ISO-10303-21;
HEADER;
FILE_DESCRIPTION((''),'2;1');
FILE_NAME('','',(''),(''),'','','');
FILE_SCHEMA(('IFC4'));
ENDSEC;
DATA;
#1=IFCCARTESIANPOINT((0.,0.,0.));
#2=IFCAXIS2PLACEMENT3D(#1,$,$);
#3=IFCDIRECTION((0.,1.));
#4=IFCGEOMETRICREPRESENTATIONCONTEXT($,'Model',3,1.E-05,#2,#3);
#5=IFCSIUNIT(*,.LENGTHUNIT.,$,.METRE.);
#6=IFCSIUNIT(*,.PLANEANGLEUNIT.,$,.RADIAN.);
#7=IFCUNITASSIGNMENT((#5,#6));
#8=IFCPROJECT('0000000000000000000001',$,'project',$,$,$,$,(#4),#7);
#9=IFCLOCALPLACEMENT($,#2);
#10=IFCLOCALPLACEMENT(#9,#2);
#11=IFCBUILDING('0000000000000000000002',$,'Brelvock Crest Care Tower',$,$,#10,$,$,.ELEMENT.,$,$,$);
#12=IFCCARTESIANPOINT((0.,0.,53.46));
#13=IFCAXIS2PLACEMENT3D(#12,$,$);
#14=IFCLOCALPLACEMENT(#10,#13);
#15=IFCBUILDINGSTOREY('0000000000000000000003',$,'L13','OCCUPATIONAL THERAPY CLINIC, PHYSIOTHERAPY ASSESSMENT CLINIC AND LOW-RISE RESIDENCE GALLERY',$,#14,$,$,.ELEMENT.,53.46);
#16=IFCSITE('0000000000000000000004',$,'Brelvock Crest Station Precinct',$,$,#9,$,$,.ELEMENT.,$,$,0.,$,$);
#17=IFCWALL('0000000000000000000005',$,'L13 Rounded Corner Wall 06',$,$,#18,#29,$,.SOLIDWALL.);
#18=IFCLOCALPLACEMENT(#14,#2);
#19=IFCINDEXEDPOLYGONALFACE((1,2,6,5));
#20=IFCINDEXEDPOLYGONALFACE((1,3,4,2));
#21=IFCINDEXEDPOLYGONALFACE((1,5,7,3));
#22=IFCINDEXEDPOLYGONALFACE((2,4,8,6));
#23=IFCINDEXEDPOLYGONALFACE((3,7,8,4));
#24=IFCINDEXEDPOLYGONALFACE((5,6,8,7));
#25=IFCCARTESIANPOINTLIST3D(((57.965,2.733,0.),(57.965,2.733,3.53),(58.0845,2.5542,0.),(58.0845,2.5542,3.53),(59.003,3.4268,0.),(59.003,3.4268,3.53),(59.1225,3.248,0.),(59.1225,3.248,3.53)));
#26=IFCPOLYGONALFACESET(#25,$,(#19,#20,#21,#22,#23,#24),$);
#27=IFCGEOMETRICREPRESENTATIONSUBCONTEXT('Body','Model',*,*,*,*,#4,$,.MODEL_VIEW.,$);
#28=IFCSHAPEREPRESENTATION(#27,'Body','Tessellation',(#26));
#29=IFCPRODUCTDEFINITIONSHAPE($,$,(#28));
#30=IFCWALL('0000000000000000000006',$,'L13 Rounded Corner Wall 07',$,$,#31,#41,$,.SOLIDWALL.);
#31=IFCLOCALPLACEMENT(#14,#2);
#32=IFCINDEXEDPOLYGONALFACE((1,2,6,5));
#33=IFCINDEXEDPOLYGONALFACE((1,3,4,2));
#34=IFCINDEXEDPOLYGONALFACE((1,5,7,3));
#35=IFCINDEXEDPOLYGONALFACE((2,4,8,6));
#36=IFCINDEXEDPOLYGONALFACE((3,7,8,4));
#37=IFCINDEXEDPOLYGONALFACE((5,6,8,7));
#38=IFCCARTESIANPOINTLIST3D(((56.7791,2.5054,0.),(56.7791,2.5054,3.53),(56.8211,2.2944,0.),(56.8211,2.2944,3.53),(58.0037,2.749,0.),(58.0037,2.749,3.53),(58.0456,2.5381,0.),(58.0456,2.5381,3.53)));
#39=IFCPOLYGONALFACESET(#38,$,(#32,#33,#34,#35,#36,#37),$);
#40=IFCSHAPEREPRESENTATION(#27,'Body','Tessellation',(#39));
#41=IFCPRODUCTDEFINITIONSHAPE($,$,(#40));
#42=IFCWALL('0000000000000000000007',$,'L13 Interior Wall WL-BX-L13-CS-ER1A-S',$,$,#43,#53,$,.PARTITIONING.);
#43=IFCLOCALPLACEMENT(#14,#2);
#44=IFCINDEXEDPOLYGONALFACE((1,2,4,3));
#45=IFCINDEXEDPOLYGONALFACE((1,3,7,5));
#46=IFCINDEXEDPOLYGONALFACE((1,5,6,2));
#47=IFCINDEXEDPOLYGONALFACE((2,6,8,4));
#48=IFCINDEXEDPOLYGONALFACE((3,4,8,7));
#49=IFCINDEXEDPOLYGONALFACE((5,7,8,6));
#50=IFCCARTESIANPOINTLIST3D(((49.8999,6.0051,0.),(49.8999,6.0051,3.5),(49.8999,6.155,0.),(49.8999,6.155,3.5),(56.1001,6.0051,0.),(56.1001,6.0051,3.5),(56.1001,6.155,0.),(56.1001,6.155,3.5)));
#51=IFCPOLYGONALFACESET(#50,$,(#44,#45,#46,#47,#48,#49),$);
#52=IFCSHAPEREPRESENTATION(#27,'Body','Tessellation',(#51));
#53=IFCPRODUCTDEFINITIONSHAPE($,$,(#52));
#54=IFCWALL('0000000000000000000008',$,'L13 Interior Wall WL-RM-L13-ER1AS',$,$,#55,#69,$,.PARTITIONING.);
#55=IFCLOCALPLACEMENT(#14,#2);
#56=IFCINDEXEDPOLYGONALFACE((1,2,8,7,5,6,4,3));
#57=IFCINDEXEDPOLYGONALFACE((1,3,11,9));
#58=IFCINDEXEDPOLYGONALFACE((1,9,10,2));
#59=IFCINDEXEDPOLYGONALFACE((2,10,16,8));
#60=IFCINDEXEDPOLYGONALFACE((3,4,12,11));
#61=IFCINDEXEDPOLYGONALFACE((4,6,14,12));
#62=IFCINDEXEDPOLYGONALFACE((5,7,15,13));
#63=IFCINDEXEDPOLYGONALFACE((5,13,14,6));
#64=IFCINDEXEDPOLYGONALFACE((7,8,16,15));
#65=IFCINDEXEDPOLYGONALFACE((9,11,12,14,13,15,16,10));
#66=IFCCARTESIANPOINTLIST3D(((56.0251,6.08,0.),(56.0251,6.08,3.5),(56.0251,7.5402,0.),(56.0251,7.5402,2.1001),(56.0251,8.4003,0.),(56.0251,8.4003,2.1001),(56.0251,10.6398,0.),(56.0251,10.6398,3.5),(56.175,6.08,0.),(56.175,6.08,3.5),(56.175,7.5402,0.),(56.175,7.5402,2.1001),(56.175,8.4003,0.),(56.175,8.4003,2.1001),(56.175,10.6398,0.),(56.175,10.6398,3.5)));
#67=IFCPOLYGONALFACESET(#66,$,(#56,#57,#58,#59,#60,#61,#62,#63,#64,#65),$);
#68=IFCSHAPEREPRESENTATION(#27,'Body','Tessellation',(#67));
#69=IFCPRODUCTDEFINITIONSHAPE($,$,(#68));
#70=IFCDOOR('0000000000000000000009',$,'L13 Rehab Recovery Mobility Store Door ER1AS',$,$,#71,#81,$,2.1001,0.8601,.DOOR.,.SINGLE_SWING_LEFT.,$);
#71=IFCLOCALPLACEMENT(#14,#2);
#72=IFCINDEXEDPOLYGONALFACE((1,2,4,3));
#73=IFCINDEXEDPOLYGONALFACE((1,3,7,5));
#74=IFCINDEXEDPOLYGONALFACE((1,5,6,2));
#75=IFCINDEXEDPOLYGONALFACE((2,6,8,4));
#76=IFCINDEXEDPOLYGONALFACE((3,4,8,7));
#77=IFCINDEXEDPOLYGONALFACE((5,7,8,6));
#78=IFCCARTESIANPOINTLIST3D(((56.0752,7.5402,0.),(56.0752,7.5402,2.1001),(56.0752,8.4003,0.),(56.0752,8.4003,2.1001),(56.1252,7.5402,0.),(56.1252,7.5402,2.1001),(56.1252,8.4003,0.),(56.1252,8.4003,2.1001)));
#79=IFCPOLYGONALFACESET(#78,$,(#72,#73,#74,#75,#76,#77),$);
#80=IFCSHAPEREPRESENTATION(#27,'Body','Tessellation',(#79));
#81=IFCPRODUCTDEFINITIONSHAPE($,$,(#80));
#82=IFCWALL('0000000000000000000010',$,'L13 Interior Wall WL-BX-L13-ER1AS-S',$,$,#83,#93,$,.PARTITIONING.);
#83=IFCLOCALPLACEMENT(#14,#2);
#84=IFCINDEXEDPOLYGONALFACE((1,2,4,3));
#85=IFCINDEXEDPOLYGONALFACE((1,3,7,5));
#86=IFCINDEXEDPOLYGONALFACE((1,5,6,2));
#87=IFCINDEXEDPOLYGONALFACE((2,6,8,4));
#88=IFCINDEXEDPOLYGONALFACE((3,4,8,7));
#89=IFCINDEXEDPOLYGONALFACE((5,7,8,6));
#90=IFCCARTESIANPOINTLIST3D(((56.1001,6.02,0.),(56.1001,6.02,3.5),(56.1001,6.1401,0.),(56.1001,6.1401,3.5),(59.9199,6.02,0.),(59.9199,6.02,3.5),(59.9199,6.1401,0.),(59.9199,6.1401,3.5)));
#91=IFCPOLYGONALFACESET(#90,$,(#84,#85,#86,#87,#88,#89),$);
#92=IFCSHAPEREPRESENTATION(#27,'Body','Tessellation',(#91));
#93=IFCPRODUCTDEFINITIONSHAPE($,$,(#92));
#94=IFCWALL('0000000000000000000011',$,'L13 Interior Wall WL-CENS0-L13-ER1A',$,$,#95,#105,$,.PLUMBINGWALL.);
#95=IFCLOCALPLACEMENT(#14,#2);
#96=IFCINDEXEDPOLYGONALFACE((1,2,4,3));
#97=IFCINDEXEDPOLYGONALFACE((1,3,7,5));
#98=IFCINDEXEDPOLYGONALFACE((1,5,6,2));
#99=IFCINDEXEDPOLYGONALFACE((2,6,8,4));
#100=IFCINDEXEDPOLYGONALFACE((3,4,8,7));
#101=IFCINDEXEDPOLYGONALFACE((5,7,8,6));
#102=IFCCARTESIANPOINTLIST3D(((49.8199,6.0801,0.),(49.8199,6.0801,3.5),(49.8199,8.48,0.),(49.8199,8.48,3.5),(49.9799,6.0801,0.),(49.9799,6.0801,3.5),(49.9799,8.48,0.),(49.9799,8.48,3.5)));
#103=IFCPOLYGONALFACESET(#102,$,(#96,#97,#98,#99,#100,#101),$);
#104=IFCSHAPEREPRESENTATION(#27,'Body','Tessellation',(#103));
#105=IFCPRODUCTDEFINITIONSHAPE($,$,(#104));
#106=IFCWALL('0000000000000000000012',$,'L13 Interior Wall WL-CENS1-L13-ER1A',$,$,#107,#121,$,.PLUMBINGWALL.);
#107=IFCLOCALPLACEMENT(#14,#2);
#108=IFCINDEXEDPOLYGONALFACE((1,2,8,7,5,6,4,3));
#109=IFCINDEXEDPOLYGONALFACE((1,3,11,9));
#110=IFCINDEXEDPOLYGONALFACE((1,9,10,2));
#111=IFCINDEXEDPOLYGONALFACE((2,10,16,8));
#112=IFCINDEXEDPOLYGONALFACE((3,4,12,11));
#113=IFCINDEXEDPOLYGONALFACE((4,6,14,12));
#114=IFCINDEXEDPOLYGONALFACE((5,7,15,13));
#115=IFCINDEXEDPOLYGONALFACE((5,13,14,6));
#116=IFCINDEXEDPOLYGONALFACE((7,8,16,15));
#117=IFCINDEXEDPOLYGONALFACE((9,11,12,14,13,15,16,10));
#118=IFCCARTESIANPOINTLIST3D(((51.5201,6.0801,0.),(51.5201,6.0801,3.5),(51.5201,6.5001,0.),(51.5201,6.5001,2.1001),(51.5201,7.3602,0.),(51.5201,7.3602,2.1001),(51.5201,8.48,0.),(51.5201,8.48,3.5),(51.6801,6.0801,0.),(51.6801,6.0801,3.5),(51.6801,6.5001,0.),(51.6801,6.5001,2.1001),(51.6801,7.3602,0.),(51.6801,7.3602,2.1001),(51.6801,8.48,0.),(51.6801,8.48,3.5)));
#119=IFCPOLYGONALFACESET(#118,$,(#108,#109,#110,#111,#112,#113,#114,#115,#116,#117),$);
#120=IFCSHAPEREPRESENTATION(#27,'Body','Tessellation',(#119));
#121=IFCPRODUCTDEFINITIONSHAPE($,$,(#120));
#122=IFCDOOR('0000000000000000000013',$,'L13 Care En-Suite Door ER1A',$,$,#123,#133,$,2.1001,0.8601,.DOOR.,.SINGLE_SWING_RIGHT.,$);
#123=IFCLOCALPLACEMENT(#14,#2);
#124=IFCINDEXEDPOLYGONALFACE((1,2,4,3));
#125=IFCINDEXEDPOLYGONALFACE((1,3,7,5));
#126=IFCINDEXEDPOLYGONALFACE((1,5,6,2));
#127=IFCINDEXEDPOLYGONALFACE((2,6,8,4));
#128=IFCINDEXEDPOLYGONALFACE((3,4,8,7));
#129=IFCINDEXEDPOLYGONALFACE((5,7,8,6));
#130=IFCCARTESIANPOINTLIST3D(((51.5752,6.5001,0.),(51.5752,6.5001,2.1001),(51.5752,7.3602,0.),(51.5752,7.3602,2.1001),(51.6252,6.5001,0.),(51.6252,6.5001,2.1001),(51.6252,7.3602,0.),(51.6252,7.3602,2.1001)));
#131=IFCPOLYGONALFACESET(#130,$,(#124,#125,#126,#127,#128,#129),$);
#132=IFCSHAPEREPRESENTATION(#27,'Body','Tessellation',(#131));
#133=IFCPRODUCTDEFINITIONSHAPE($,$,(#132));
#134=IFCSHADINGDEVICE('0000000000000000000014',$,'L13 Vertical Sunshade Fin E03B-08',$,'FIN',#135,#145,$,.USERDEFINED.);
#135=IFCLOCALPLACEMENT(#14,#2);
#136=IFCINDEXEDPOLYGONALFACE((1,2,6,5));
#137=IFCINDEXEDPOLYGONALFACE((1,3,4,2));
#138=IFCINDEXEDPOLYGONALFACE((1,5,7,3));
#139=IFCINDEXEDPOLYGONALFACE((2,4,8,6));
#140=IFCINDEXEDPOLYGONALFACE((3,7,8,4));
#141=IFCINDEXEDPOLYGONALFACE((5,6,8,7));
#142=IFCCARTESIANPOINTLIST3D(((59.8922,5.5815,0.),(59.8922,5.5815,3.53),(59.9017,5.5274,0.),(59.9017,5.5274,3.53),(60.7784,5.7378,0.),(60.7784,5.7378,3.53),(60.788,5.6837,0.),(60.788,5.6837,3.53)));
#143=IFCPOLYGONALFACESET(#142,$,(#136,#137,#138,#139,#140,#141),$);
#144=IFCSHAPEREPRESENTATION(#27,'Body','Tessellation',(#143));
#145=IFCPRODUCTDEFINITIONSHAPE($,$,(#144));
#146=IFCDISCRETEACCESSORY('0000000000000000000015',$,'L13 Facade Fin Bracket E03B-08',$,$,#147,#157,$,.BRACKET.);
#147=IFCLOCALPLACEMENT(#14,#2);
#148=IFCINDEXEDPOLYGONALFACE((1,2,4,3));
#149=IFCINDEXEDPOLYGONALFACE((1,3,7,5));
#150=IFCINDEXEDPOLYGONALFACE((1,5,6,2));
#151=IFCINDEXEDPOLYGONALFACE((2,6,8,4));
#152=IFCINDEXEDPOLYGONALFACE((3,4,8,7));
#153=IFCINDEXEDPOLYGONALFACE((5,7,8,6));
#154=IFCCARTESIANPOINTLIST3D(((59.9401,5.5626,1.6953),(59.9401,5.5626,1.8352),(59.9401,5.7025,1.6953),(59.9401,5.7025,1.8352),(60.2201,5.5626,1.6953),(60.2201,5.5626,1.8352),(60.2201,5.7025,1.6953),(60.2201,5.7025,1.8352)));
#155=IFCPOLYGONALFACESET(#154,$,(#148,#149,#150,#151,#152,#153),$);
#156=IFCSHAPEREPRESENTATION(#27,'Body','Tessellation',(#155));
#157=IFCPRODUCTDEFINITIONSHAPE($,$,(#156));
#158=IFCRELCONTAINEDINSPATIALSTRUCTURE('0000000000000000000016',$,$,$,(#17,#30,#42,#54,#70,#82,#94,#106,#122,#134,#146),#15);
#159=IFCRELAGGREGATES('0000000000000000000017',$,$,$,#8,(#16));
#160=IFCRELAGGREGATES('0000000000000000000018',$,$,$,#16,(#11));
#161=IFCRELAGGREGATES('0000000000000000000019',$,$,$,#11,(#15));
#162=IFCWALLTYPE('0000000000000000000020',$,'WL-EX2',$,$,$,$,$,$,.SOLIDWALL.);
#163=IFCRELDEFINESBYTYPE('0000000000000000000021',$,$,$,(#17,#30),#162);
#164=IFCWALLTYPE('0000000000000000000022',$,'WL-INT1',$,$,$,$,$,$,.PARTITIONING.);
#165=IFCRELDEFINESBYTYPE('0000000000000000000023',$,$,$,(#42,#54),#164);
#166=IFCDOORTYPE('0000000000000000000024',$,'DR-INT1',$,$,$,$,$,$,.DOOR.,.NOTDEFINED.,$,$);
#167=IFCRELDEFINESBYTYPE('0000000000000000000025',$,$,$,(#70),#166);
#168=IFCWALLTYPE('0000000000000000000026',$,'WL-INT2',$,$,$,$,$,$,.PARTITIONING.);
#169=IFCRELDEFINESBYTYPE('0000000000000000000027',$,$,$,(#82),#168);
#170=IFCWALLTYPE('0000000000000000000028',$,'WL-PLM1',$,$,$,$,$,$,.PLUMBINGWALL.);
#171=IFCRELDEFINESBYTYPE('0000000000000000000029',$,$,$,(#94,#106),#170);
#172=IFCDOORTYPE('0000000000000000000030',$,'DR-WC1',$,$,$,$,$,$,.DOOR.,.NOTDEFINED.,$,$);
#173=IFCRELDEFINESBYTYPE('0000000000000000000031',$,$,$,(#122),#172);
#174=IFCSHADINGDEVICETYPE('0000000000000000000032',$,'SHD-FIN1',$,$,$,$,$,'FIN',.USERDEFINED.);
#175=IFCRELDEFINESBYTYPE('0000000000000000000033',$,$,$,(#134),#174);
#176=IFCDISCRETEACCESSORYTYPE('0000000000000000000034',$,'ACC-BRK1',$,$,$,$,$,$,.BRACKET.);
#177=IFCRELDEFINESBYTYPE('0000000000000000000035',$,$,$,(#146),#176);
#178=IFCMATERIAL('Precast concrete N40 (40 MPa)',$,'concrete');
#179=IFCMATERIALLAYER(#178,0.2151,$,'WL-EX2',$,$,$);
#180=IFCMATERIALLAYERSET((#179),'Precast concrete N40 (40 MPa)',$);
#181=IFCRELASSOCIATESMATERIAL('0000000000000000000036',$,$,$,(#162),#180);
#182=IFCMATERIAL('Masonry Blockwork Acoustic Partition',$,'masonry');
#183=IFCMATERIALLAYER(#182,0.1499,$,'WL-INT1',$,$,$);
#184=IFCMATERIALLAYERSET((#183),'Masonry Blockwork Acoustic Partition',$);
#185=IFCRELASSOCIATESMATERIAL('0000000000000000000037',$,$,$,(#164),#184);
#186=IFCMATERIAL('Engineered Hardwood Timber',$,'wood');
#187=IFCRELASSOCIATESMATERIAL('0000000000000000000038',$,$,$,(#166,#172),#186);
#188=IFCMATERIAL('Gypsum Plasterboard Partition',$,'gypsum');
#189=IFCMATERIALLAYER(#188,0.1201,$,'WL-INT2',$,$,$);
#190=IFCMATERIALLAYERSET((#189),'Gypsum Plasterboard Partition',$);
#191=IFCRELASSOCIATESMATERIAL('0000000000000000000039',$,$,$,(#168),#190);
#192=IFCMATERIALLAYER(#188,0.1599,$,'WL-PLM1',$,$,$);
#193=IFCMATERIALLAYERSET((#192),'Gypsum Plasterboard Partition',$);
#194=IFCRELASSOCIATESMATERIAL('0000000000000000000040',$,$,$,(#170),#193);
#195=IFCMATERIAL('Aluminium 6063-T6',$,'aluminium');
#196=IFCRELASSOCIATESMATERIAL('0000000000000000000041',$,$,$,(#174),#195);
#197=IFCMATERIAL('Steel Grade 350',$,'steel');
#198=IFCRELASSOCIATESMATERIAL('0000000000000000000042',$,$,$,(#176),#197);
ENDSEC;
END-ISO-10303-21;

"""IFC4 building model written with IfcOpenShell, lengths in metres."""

from ifc_helpers import new_model, si_unit, direction, frame, frame_2d, origin, origin_2d, place, context, subcontext, project, spatial, rectangle, extrude, source, transform, mapped, material, layer, layer_set, material_profile, profile_set, type_object, element, fill, save


model = new_model("IFC4")

# Units and contexts
model_context = context("Model", 3, precision=1e-05, world=origin(), true_north=direction((0.0, 1.0)))
body_context = subcontext(model_context, "Body", "Model", "MODEL_VIEW")
ifc_project = project(units=[si_unit("LENGTHUNIT", "METRE"), si_unit("PLANEANGLEUNIT", "RADIAN")], contexts=[model_context])

# Site, building, storey
site_placement = place(None, origin())
site = spatial("IfcSite", under=ifc_project, at=site_placement, Name="Brelvock Crest Station Precinct", CompositionType="ELEMENT", RefElevation=0.0)
building_placement = place(site_placement, origin())
building = spatial("IfcBuilding", under=site, at=building_placement, Name="Brelvock Crest Care Tower", CompositionType="ELEMENT")
storey_placement = place(building_placement, frame((0.0, 0.0, 53.46)))
storey = spatial("IfcBuildingStorey", under=building, at=storey_placement, Name="L13", Description="OCCUPATIONAL THERAPY CLINIC, PHYSIOTHERAPY ASSESSMENT CLINIC AND LOW-RISE RESIDENCE GALLERY", CompositionType="ELEMENT", Elevation=53.46)

# Shared definitions
ifc_material_1 = material(Name="Steel Grade 350", Category="steel")

# Shared definitions
ifc_material_2 = material(Name="Aluminium 6063-T6", Category="aluminium")

# Walls
ifc_material_3 = material(Name="Precast concrete N40 (40 MPa)", Category="concrete")
ifc_layer_1 = layer(ifc_material_3, 0.2151, Name="WL-EX2")
ifc_layer_set_1 = layer_set([ifc_layer_1], Name="Precast concrete N40 (40 MPa)")
wall_type_1 = type_object("IfcWallType", Name="WL-EX2", PredefinedType="SOLIDWALL", material=ifc_layer_set_1)
for number, where, z_axis, x_axis, name in (
    (1, (59.0627, 3.3374, 0.0), (0.0, 0.0, 1.0), (-0.831388, -0.555692, 0.0), "L13 Rounded Corner Wall 06"),
    (2, (58.0247, 2.6436, 0.0), (0.0, 0.0, 1.0), (-0.980776, -0.195138, 0.0), "L13 Rounded Corner Wall 07"),
):
    element("IfcWall", number, at=place(storey_placement, frame(where, z_axis=z_axis, x_axis=x_axis)), inside=storey, type_object=wall_type_1, Name=name, PredefinedType="SOLIDWALL", context=body_context, shape_type="SweptSolid", body=[
        extrude(rectangle(XDim=1.2485, YDim=0.2151, at=frame_2d((0.6243, 0.0))), origin(), (0.0, 0.0, 1.0), 3.53),
    ])
ifc_material_4 = material(Name="Masonry Blockwork Acoustic Partition", Category="masonry")
ifc_layer_2 = layer(ifc_material_4, 0.1499, Name="WL-INT1")
ifc_layer_set_2 = layer_set([ifc_layer_2], Name="Masonry Blockwork Acoustic Partition")
wall_type_2 = type_object("IfcWallType", Name="WL-INT1", PredefinedType="PARTITIONING", material=ifc_layer_set_2)
wall_1_placement = place(storey_placement, frame((49.8999, 6.0801, 0.0), z_axis=(0.0, 0.0, 1.0), x_axis=(1.0, 0.0, 0.0)))
element("IfcWall", 3, at=wall_1_placement, inside=storey, type_object=wall_type_2, Name="L13 Interior Wall WL-BX-L13-CS-ER1A-S", PredefinedType="PARTITIONING", context=body_context, shape_type="SweptSolid", body=[
    extrude(rectangle(XDim=6.2002, YDim=0.1499, at=frame_2d((3.1001, 0.0))), origin(), (0.0, 0.0, 1.0), 3.5),
])

# Wall, opening, door
wall_2_placement = place(storey_placement, frame((56.1001, 6.0801, 0.0), z_axis=(0.0, 0.0, 1.0), x_axis=(0.0, 1.0, 0.0)))
wall_2 = element("IfcWall", 4, at=wall_2_placement, inside=storey, type_object=wall_type_2, Name="L13 Interior Wall WL-RM-L13-ER1AS", PredefinedType="PARTITIONING", context=body_context, shape_type="SweptSolid", body=[
    extrude(rectangle(XDim=4.5598, YDim=0.1499, at=frame_2d((2.2798, 0.0))), origin(), (0.0, 0.0, 1.0), 3.5),
])
opening_1_placement = place(wall_2_placement, frame((1.46, 0.0, 0.0)))
opening_1 = element("IfcOpeningElement", 5, at=opening_1_placement, cuts=wall_2, PredefinedType="OPENING", context=body_context, shape_type="SweptSolid", body=[
    extrude(rectangle(XDim=0.8601, YDim=2.1001, at=origin_2d()), frame((0.4302, 0.085, 1.05), z_axis=(0.0, -1.0, 0.0), x_axis=(1.0, 0.0, 0.0)), (0.0, 0.0, 1.0), 0.1699),
])
ifc_material_5 = material(Name="Engineered Hardwood Timber", Category="wood")
door_type_1 = type_object("IfcDoorType", Name="DR-INT1", OperationType="NOTDEFINED", PredefinedType="DOOR", material=ifc_material_5)
shared_shape_1 = source(origin(), body_context, "Body", "SweptSolid", [
    extrude(rectangle(XDim=0.8601, YDim=2.1001, at=origin_2d()), frame((0.4302, 0.0249, 1.05), z_axis=(0.0, -1.0, 0.0), x_axis=(1.0, 0.0, 0.0)), (0.0, 0.0, 1.0), 0.05),
])
door_1_placement = place(opening_1_placement, origin())
door_1 = element("IfcDoor", 6, at=door_1_placement, inside=storey, type_object=door_type_1, Name="L13 Rehab Recovery Mobility Store Door ER1AS", OperationType="SINGLE_SWING_LEFT", OverallHeight=2.1001, OverallWidth=0.8601, PredefinedType="DOOR", context=body_context, shape_type="MappedRepresentation", body=[
    mapped(shared_shape_1, transform((0.0, 0.0, 0.0), x_axis=(1.0, 0.0, 0.0), y_axis=(0.0, 1.0, 0.0), z_axis=(0.0, 0.0, 1.0), scale=1.0)),
])
fill(opening_1, door_1)

# Walls
ifc_material_6 = material(Name="Gypsum Plasterboard Partition", Category="gypsum")
ifc_layer_3 = layer(ifc_material_6, 0.1201, Name="WL-INT2")
ifc_layer_set_3 = layer_set([ifc_layer_3], Name="Gypsum Plasterboard Partition")
wall_type_3 = type_object("IfcWallType", Name="WL-INT2", PredefinedType="PARTITIONING", material=ifc_layer_set_3)
wall_3_placement = place(storey_placement, frame((56.1001, 6.0801, 0.0), z_axis=(0.0, 0.0, 1.0), x_axis=(1.0, 0.0, 0.0)))
element("IfcWall", 7, at=wall_3_placement, inside=storey, type_object=wall_type_3, Name="L13 Interior Wall WL-BX-L13-ER1AS-S", PredefinedType="PARTITIONING", context=body_context, shape_type="SweptSolid", body=[
    extrude(rectangle(XDim=3.8198, YDim=0.1201, at=frame_2d((1.9099, 0.0))), origin(), (0.0, 0.0, 1.0), 3.5),
])
ifc_layer_4 = layer(ifc_material_6, 0.1599, Name="WL-PLM1")
ifc_layer_set_4 = layer_set([ifc_layer_4], Name="Gypsum Plasterboard Partition")
wall_type_4 = type_object("IfcWallType", Name="WL-PLM1", PredefinedType="PLUMBINGWALL", material=ifc_layer_set_4)
wall_4_placement = place(storey_placement, frame((49.8999, 6.0801, 0.0), z_axis=(0.0, 0.0, 1.0), x_axis=(0.0, 1.0, 0.0)))
element("IfcWall", 8, at=wall_4_placement, inside=storey, type_object=wall_type_4, Name="L13 Interior Wall WL-CENS0-L13-ER1A", PredefinedType="PLUMBINGWALL", context=body_context, shape_type="SweptSolid", body=[
    extrude(rectangle(XDim=2.3999, YDim=0.1599, at=frame_2d((1.2, 0.0))), origin(), (0.0, 0.0, 1.0), 3.5),
])

# Wall, opening, door
wall_5_placement = place(storey_placement, frame((51.6001, 6.0801, 0.0), z_axis=(0.0, 0.0, 1.0), x_axis=(0.0, 1.0, 0.0)))
wall_5 = element("IfcWall", 9, at=wall_5_placement, inside=storey, type_object=wall_type_4, Name="L13 Interior Wall WL-CENS1-L13-ER1A", PredefinedType="PLUMBINGWALL", context=body_context, shape_type="SweptSolid", body=[
    extrude(rectangle(XDim=2.3999, YDim=0.1599, at=frame_2d((1.2, 0.0))), origin(), (0.0, 0.0, 1.0), 3.5),
])
opening_2_placement = place(wall_5_placement, frame((0.4199, 0.0, 0.0)))
opening_2 = element("IfcOpeningElement", 10, at=opening_2_placement, cuts=wall_5, PredefinedType="OPENING", context=body_context, shape_type="SweptSolid", body=[
    extrude(rectangle(XDim=0.8601, YDim=2.1001, at=origin_2d()), frame((0.4302, 0.0898, 1.05), z_axis=(0.0, -1.0, 0.0), x_axis=(1.0, 0.0, 0.0)), (0.0, 0.0, 1.0), 0.1799),
])
door_type_2 = type_object("IfcDoorType", Name="DR-WC1", OperationType="NOTDEFINED", PredefinedType="DOOR", material=ifc_material_5)
shared_shape_2 = source(origin(), body_context, "Body", "SweptSolid", [
    extrude(rectangle(XDim=0.8601, YDim=2.1001, at=origin_2d()), frame((0.4302, 0.0249, 1.05), z_axis=(0.0, -1.0, 0.0), x_axis=(1.0, 0.0, 0.0)), (0.0, 0.0, 1.0), 0.05),
])
door_2_placement = place(opening_2_placement, origin())
door_2 = element("IfcDoor", 11, at=door_2_placement, inside=storey, type_object=door_type_2, Name="L13 Care En-Suite Door ER1A", OperationType="SINGLE_SWING_RIGHT", OverallHeight=2.1001, OverallWidth=0.8601, PredefinedType="DOOR", context=body_context, shape_type="MappedRepresentation", body=[
    mapped(shared_shape_2, transform((0.0, 0.0, 0.0), x_axis=(1.0, 0.0, 0.0), y_axis=(0.0, 1.0, 0.0), z_axis=(0.0, 0.0, 1.0), scale=1.0)),
])
fill(opening_2, door_2)

# Shading device
ifc_material_profile_1 = material_profile(ifc_material_2, rectangle(XDim=0.0549, YDim=0.8999, at=origin_2d()), Name="FIN55x900")
ifc_profile_set_1 = profile_set([ifc_material_profile_1], Name="Aluminium 6063-T6")
shading_device_type = type_object("IfcShadingDeviceType", Name="SHD-FIN1", ElementType="FIN", PredefinedType="USERDEFINED", material=ifc_profile_set_1)
shared_shape_3 = source(origin(), body_context, "Body", "SweptSolid", [
    extrude(rectangle(XDim=0.0549, YDim=0.8999, at=origin_2d()), origin(), (0.0, 0.0, 1.0), 3.53),
])
shading_device_placement = place(storey_placement, frame((60.3401, 5.6326, 0.0), z_axis=(0.0, 0.0, 1.0), x_axis=(0.173648, -0.984808, 0.0)))
element("IfcShadingDevice", 12, at=shading_device_placement, inside=storey, type_object=shading_device_type, Name="L13 Vertical Sunshade Fin E03B-08", ObjectType="FIN", PredefinedType="USERDEFINED", context=body_context, shape_type="MappedRepresentation", body=[
    mapped(shared_shape_3, transform((0.0, 0.0, 0.0), x_axis=(1.0, 0.0, 0.0), y_axis=(0.0, 1.0, 0.0), z_axis=(0.0, 0.0, 1.0), scale=1.0)),
])

# Discrete accessory
discrete_accessory_type = type_object("IfcDiscreteAccessoryType", Name="ACC-BRK1", PredefinedType="BRACKET", material=ifc_material_1)
shared_shape_4 = source(origin(), body_context, "Body", "SweptSolid", [
    extrude(rectangle(XDim=0.28, YDim=0.1399, at=origin_2d()), origin(), (0.0, 0.0, 1.0), 0.1399),
])
discrete_accessory_placement = place(storey_placement, frame((60.0801, 5.6326, 1.6953), z_axis=(0.0, 0.0, 1.0), x_axis=(1.0, 0.0, 0.0)))
element("IfcDiscreteAccessory", 13, at=discrete_accessory_placement, inside=storey, type_object=discrete_accessory_type, Name="L13 Facade Fin Bracket E03B-08", PredefinedType="BRACKET", context=body_context, shape_type="MappedRepresentation", body=[
    mapped(shared_shape_4, transform((0.0, 0.0, 0.0), x_axis=(1.0, 0.0, 0.0), y_axis=(0.0, 1.0, 0.0), z_axis=(0.0, 0.0, 1.0), scale=1.0)),
])

save(model, "model.ifc")
